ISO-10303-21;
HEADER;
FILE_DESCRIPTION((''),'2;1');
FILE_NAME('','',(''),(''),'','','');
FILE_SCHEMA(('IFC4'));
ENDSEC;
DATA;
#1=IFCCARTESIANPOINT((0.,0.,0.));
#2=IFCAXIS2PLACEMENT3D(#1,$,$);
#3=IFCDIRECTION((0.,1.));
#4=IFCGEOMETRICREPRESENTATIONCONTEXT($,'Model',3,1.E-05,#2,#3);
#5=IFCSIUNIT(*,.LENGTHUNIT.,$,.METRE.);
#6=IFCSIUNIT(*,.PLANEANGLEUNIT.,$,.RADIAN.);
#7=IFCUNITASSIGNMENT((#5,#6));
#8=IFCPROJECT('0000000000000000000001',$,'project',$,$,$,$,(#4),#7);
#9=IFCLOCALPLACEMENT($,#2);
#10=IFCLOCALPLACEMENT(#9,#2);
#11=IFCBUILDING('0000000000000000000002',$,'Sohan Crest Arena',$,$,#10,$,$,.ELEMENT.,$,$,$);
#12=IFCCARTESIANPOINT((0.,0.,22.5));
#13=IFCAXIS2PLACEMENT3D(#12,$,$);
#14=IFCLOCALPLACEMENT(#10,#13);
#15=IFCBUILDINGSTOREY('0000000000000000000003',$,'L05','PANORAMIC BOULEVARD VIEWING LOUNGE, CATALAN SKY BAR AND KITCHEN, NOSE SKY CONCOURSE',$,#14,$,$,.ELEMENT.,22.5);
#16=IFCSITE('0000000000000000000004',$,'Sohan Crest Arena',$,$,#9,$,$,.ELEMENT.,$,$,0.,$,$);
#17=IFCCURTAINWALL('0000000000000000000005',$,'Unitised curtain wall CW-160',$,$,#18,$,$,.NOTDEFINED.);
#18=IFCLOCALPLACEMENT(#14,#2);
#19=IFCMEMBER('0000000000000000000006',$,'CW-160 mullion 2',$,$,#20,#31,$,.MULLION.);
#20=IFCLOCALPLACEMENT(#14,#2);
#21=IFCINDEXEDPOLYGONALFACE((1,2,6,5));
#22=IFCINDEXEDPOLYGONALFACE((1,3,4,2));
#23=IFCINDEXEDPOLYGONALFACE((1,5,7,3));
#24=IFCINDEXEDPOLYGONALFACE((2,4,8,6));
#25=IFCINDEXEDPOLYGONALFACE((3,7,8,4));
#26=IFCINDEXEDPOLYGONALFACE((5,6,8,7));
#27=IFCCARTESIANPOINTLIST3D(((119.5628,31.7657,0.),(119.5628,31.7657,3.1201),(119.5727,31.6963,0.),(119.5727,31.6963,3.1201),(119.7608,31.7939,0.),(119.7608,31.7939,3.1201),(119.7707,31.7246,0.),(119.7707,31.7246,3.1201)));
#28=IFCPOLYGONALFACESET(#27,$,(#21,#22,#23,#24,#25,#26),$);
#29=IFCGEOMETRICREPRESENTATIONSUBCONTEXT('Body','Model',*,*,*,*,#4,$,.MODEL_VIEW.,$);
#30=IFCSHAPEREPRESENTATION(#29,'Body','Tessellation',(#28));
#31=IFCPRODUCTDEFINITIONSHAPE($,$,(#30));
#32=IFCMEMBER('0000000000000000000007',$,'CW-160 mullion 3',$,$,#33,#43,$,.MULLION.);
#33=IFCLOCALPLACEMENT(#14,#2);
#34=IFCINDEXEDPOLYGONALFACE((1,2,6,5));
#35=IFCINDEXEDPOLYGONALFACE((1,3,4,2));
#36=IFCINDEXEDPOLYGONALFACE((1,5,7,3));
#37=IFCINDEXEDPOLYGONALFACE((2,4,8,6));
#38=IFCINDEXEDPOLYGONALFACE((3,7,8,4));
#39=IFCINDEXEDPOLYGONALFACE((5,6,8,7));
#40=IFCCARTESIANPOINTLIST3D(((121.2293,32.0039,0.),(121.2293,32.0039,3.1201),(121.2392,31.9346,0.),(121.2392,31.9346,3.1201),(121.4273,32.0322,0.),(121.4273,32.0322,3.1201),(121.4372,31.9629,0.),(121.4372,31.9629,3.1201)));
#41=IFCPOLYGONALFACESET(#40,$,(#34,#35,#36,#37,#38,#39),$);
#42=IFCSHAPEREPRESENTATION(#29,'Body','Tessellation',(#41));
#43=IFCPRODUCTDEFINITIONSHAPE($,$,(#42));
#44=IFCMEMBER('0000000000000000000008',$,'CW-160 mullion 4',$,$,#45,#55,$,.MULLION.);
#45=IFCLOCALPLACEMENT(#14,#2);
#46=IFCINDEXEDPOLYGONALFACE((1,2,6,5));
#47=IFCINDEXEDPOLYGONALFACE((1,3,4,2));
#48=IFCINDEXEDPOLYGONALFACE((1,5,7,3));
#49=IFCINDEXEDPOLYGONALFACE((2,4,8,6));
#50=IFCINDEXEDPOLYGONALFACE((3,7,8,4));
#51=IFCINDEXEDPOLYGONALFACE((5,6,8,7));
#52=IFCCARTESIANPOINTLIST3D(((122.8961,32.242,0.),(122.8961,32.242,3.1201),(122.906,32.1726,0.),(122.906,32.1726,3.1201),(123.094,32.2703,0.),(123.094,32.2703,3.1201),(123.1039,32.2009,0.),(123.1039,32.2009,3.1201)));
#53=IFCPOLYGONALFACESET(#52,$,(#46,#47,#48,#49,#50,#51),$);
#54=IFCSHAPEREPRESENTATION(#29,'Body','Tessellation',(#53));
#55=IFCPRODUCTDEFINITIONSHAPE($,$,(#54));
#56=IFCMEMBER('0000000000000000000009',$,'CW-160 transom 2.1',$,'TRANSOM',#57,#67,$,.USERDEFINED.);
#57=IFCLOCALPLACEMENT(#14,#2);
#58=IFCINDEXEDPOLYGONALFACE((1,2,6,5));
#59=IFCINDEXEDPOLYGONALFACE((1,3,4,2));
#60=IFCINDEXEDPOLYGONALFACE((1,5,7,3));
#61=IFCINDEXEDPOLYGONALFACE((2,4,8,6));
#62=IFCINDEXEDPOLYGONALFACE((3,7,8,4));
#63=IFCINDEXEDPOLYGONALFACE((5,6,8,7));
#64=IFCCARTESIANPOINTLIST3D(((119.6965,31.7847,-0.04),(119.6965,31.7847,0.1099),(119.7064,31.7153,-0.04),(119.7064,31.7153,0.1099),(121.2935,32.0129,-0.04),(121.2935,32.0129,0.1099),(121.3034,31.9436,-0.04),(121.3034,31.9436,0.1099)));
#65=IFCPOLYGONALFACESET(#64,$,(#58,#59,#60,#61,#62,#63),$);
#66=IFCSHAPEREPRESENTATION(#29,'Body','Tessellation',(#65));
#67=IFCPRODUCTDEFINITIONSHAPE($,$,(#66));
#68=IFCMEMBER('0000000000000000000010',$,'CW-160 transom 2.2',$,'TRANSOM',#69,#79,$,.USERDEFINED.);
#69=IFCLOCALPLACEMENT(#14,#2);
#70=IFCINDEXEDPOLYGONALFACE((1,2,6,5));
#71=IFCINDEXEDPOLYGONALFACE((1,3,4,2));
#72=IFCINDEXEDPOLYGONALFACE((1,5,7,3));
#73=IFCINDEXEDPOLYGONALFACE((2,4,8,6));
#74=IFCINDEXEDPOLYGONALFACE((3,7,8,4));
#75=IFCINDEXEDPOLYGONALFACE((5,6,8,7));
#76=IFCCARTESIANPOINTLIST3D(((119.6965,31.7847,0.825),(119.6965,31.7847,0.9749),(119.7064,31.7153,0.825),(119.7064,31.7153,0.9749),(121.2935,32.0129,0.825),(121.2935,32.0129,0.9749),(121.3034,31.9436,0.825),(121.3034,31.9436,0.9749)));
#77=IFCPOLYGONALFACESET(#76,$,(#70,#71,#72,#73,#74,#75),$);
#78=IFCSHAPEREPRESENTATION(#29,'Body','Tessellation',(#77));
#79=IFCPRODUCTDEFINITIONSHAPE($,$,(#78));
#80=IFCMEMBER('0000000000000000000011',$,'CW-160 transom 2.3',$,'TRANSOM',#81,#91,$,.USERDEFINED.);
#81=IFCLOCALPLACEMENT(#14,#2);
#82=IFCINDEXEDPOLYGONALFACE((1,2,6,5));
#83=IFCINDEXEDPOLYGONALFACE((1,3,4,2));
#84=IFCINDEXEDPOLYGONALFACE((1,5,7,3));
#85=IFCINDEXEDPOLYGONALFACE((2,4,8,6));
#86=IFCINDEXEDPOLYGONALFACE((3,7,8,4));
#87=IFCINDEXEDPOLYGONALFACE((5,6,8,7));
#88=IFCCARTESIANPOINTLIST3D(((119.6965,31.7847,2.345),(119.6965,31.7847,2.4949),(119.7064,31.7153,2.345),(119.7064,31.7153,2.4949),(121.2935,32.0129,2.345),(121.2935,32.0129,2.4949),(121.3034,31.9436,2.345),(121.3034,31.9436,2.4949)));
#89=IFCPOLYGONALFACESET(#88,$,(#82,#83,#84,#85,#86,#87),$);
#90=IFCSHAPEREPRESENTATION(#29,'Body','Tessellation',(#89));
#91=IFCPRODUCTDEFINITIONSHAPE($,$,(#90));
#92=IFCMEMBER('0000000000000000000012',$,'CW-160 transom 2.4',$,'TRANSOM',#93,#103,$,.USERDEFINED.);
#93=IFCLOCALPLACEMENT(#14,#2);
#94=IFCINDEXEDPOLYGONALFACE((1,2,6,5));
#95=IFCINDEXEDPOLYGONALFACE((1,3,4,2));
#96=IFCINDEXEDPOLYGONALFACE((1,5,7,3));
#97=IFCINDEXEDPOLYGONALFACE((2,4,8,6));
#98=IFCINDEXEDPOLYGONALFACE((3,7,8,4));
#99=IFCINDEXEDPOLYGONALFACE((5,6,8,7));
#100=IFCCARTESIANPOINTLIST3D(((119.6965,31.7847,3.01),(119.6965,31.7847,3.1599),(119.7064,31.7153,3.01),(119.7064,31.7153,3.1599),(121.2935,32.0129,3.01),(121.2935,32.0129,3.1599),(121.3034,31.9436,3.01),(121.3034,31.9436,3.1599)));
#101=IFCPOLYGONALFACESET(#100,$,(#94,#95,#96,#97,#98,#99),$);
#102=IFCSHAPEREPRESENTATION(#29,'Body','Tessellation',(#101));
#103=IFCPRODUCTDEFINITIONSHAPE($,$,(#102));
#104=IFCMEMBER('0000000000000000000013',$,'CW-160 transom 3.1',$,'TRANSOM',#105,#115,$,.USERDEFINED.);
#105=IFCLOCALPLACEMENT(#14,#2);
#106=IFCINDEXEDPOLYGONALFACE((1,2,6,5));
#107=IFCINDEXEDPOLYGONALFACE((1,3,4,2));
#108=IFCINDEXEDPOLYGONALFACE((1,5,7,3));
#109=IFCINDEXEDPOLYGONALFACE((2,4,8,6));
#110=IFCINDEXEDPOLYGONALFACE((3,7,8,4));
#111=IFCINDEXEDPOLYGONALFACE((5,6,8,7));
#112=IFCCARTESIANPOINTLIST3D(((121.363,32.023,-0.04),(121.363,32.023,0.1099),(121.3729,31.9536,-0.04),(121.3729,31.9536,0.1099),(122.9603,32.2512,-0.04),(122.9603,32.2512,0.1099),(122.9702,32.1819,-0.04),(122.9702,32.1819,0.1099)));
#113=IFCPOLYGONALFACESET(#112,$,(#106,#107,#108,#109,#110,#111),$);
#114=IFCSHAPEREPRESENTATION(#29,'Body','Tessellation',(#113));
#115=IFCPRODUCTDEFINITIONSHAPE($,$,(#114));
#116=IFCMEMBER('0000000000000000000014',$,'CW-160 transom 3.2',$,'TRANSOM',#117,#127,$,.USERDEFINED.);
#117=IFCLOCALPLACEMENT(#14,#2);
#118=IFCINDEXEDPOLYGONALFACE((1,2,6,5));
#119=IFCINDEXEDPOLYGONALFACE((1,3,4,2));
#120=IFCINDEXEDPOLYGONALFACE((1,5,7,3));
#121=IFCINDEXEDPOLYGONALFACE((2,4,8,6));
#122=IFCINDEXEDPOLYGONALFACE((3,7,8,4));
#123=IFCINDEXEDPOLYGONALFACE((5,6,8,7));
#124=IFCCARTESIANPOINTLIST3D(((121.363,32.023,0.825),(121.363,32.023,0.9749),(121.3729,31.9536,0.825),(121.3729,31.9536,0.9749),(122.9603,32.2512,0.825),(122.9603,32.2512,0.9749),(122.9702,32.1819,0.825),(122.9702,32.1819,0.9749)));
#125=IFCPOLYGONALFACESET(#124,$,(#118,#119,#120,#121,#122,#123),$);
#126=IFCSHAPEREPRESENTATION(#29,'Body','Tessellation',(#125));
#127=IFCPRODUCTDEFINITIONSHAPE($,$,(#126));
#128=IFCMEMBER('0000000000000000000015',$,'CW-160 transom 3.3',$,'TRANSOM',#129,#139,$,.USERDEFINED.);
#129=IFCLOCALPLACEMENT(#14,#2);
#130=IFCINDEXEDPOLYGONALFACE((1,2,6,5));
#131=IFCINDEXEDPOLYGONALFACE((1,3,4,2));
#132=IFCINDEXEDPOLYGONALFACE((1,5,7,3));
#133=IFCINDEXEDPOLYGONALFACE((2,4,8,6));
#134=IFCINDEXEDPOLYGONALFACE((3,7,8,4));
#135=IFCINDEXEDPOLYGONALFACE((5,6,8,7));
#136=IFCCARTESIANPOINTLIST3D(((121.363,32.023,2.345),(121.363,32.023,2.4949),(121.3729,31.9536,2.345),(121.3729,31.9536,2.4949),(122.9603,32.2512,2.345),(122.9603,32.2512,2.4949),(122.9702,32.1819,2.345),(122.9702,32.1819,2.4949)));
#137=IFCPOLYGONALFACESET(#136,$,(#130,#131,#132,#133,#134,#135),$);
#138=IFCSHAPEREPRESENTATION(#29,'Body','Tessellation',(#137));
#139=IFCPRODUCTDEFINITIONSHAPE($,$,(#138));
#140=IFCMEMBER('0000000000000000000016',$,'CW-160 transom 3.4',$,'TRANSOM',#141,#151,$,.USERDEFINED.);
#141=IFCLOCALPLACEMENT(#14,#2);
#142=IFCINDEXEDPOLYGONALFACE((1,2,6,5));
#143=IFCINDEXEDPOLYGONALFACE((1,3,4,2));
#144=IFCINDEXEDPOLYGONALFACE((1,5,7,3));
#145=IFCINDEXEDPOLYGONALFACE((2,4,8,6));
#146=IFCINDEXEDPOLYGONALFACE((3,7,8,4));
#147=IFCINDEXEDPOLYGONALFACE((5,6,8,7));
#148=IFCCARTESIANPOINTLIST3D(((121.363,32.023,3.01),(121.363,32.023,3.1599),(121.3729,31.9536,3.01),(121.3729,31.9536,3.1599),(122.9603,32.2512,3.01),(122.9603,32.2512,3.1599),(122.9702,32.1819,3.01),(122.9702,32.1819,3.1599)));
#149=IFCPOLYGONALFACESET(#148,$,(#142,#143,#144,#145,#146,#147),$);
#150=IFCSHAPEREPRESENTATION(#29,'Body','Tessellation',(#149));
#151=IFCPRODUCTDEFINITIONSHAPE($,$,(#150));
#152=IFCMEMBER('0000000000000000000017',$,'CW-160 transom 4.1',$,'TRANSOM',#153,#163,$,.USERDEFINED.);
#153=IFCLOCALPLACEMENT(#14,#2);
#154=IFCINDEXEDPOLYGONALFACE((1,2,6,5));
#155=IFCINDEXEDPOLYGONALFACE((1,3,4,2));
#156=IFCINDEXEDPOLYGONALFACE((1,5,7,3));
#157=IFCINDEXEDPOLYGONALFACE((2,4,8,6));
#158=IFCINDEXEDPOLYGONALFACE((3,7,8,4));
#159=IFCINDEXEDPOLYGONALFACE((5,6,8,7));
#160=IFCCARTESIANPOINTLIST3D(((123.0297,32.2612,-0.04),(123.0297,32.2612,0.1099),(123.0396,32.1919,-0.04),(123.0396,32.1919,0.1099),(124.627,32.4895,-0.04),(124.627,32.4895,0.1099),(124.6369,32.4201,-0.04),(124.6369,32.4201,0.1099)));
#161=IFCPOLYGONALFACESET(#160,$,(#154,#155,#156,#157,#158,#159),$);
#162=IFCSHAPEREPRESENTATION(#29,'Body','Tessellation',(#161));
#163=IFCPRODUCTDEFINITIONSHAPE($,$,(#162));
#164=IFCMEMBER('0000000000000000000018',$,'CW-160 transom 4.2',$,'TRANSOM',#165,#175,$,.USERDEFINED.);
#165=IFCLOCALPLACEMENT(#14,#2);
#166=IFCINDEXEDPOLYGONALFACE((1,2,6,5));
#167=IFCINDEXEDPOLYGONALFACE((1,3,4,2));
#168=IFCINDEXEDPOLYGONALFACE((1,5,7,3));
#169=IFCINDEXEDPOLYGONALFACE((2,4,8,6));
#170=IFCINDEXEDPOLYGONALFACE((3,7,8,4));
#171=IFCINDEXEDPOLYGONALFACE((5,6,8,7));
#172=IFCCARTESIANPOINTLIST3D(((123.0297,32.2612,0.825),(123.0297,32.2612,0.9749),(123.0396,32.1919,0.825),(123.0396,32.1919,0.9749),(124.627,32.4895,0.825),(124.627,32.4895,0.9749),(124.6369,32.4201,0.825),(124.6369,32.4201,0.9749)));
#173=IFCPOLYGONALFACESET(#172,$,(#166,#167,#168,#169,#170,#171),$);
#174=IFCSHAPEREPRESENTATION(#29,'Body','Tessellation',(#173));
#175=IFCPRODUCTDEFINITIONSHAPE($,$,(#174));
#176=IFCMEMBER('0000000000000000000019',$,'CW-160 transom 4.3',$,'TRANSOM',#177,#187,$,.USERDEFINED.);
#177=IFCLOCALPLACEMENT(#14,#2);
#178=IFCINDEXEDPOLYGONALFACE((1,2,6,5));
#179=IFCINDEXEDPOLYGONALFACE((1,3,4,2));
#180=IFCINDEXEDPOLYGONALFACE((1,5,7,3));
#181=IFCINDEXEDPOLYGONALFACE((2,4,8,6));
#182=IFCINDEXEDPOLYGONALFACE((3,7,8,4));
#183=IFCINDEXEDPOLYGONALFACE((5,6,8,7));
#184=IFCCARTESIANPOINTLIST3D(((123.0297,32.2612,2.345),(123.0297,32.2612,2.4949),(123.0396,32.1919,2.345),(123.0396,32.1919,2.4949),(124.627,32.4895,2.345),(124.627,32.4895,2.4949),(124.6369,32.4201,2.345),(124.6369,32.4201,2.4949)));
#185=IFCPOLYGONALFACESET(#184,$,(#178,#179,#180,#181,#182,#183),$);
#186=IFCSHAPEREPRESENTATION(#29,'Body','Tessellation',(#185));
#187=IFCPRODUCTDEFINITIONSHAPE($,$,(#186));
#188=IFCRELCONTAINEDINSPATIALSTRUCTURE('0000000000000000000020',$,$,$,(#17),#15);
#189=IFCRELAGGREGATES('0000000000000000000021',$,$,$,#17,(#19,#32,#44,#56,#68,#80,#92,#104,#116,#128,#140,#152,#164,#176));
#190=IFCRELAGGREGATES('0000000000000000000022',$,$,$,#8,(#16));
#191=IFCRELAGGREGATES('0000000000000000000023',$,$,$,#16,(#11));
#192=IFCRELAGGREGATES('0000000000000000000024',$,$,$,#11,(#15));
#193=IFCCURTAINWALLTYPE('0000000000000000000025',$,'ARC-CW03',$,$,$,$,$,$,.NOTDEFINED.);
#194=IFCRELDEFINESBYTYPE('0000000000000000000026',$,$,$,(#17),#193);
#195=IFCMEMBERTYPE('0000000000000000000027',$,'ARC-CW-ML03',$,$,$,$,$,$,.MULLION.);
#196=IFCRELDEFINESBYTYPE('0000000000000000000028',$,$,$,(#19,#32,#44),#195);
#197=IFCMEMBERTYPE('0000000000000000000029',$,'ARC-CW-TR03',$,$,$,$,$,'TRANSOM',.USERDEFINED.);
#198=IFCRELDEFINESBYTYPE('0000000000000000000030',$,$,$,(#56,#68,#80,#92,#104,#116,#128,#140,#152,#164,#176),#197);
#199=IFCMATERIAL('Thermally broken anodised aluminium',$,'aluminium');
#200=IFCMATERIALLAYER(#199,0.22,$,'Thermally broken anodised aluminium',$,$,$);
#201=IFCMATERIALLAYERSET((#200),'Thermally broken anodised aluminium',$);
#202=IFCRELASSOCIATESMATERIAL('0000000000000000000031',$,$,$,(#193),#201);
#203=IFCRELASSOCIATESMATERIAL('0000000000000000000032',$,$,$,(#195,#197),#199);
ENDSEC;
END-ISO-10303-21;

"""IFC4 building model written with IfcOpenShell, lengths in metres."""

from ifc_helpers import new_model, si_unit, direction, frame, origin, origin_2d, place, context, subcontext, project, spatial, rectangle, extrude, material, layer, layer_set, material_profile, profile_set, type_object, element, aggregate, save


model = new_model("IFC4")

# Units and contexts
model_context = context("Model", 3, precision=1e-05, world=origin(), true_north=direction((0.0, 1.0)))
body_context = subcontext(model_context, "Body", "Model", "MODEL_VIEW")
ifc_project = project(units=[si_unit("LENGTHUNIT", "METRE"), si_unit("PLANEANGLEUNIT", "RADIAN")], contexts=[model_context])

# Site, building, storey
site_placement = place(None, origin())
site = spatial("IfcSite", under=ifc_project, at=site_placement, Name="Sohan Crest Arena", CompositionType="ELEMENT", RefElevation=0.0)
building_placement = place(site_placement, origin())
building = spatial("IfcBuilding", under=site, at=building_placement, Name="Sohan Crest Arena", CompositionType="ELEMENT")
storey_placement = place(building_placement, frame((0.0, 0.0, 22.5)))
storey = spatial("IfcBuildingStorey", under=building, at=storey_placement, Name="L05", Description="PANORAMIC BOULEVARD VIEWING LOUNGE, CATALAN SKY BAR AND KITCHEN, NOSE SKY CONCOURSE", CompositionType="ELEMENT", Elevation=22.5)

# Curtain wall, members
ifc_material_1 = material(Name="Thermally broken anodised aluminium", Category="aluminium")
ifc_layer_1 = layer(ifc_material_1, 0.22, Name="Thermally broken anodised aluminium")
ifc_layer_set_1 = layer_set([ifc_layer_1], Name="Thermally broken anodised aluminium")
curtain_wall_type = type_object("IfcCurtainWallType", Name="ARC-CW03", PredefinedType="NOTDEFINED", material=ifc_layer_set_1)
curtain_wall_placement = place(storey_placement, origin())
curtain_wall = element("IfcCurtainWall", 1, at=curtain_wall_placement, inside=storey, type_object=curtain_wall_type, Name="Unitised curtain wall CW-160", PredefinedType="NOTDEFINED")
ifc_material_profile_1 = material_profile(ifc_material_1, rectangle(XDim=0.0701, YDim=0.2, at=origin_2d()), Name="ALU-MULL 70x200")
ifc_profile_set_1 = profile_set([ifc_material_profile_1], Name="Thermally broken anodised aluminium")
member_type_1 = type_object("IfcMemberType", Name="ARC-CW-ML03", PredefinedType="MULLION", material=ifc_profile_set_1)
member_1_placement = place(storey_placement, frame((119.6667, 31.7451, 0.0), z_axis=(0.0, 0.0, 1.0), x_axis=(-0.141463, 0.989944, 0.0)))
member_1 = element("IfcMember", 2, at=member_1_placement, type_object=member_type_1, Name="CW-160 mullion 2", PredefinedType="MULLION", context=body_context, shape_type="SweptSolid", body=[
    extrude(rectangle(XDim=0.0701, YDim=0.2, at=origin_2d()), origin(), (0.0, 0.0, 1.0), 3.1201),
])
member_2_placement = place(storey_placement, frame((121.3333, 31.9834, 0.0), z_axis=(0.0, 0.0, 1.0), x_axis=(-0.141463, 0.989944, 0.0)))
member_2 = element("IfcMember", 3, at=member_2_placement, type_object=member_type_1, Name="CW-160 mullion 3", PredefinedType="MULLION", context=body_context, shape_type="SweptSolid", body=[
    extrude(rectangle(XDim=0.0701, YDim=0.2, at=origin_2d()), origin(), (0.0, 0.0, 1.0), 3.1201),
])
member_3_placement = place(storey_placement, frame((123.0, 32.2214, 0.0), z_axis=(0.0, 0.0, 1.0), x_axis=(-0.141463, 0.989944, 0.0)))
member_3 = element("IfcMember", 4, at=member_3_placement, type_object=member_type_1, Name="CW-160 mullion 4", PredefinedType="MULLION", context=body_context, shape_type="SweptSolid", body=[
    extrude(rectangle(XDim=0.0701, YDim=0.2, at=origin_2d()), origin(), (0.0, 0.0, 1.0), 3.1201),
])
ifc_material_profile_2 = material_profile(ifc_material_1, rectangle(XDim=0.0701, YDim=0.1499, at=origin_2d()), Name="ALU-TRAN 70x150")
ifc_profile_set_2 = profile_set([ifc_material_profile_2], Name="Thermally broken anodised aluminium")
member_type_2 = type_object("IfcMemberType", Name="ARC-CW-TR03", ElementType="TRANSOM", PredefinedType="USERDEFINED", material=ifc_profile_set_2)
member_4_placement = place(storey_placement, frame((119.7014, 31.75, 0.0349), z_axis=(0.98994, 0.141485, 0.0), x_axis=(-0.141485, 0.98994, 0.0)))
member_4 = element("IfcMember", 5, at=member_4_placement, type_object=member_type_2, Name="CW-160 transom 2.1", ObjectType="TRANSOM", PredefinedType="USERDEFINED", context=body_context, shape_type="SweptSolid", body=[
    extrude(rectangle(XDim=0.0701, YDim=0.1499, at=origin_2d()), origin(), (0.0, 0.0, 1.0), 1.6133),
])
member_5_placement = place(storey_placement, frame((119.7014, 31.75, 0.8999), z_axis=(0.98994, 0.141485, 0.0), x_axis=(-0.141485, 0.98994, 0.0)))
member_5 = element("IfcMember", 6, at=member_5_placement, type_object=member_type_2, Name="CW-160 transom 2.2", ObjectType="TRANSOM", PredefinedType="USERDEFINED", context=body_context, shape_type="SweptSolid", body=[
    extrude(rectangle(XDim=0.0701, YDim=0.1499, at=origin_2d()), origin(), (0.0, 0.0, 1.0), 1.6133),
])
member_6_placement = place(storey_placement, frame((119.7014, 31.75, 2.4199), z_axis=(0.98994, 0.141485, 0.0), x_axis=(-0.141485, 0.98994, 0.0)))
member_6 = element("IfcMember", 7, at=member_6_placement, type_object=member_type_2, Name="CW-160 transom 2.3", ObjectType="TRANSOM", PredefinedType="USERDEFINED", context=body_context, shape_type="SweptSolid", body=[
    extrude(rectangle(XDim=0.0701, YDim=0.1499, at=origin_2d()), origin(), (0.0, 0.0, 1.0), 1.6133),
])
member_7_placement = place(storey_placement, frame((119.7014, 31.75, 3.085), z_axis=(0.98994, 0.141485, 0.0), x_axis=(-0.141485, 0.98994, 0.0)))
member_7 = element("IfcMember", 8, at=member_7_placement, type_object=member_type_2, Name="CW-160 transom 2.4", ObjectType="TRANSOM", PredefinedType="USERDEFINED", context=body_context, shape_type="SweptSolid", body=[
    extrude(rectangle(XDim=0.0701, YDim=0.1499, at=origin_2d()), origin(), (0.0, 0.0, 1.0), 1.6133),
])
member_8_placement = place(storey_placement, frame((121.3679, 31.9883, 0.0349), z_axis=(0.989943, 0.141464, 0.0), x_axis=(-0.141464, 0.989943, 0.0)))
member_8 = element("IfcMember", 9, at=member_8_placement, type_object=member_type_2, Name="CW-160 transom 3.1", ObjectType="TRANSOM", PredefinedType="USERDEFINED", context=body_context, shape_type="SweptSolid", body=[
    extrude(rectangle(XDim=0.0701, YDim=0.1499, at=origin_2d()), origin(), (0.0, 0.0, 1.0), 1.6135),
])
member_9_placement = place(storey_placement, frame((121.3679, 31.9883, 0.8999), z_axis=(0.989943, 0.141464, 0.0), x_axis=(-0.141464, 0.989943, 0.0)))
member_9 = element("IfcMember", 10, at=member_9_placement, type_object=member_type_2, Name="CW-160 transom 3.2", ObjectType="TRANSOM", PredefinedType="USERDEFINED", context=body_context, shape_type="SweptSolid", body=[
    extrude(rectangle(XDim=0.0701, YDim=0.1499, at=origin_2d()), origin(), (0.0, 0.0, 1.0), 1.6135),
])
member_10_placement = place(storey_placement, frame((121.3679, 31.9883, 2.4199), z_axis=(0.989943, 0.141464, 0.0), x_axis=(-0.141464, 0.989943, 0.0)))
member_10 = element("IfcMember", 11, at=member_10_placement, type_object=member_type_2, Name="CW-160 transom 3.3", ObjectType="TRANSOM", PredefinedType="USERDEFINED", context=body_context, shape_type="SweptSolid", body=[
    extrude(rectangle(XDim=0.0701, YDim=0.1499, at=origin_2d()), origin(), (0.0, 0.0, 1.0), 1.6135),
])
member_11_placement = place(storey_placement, frame((121.3679, 31.9883, 3.085), z_axis=(0.989943, 0.141464, 0.0), x_axis=(-0.141464, 0.989943, 0.0)))
member_11 = element("IfcMember", 12, at=member_11_placement, type_object=member_type_2, Name="CW-160 transom 3.4", ObjectType="TRANSOM", PredefinedType="USERDEFINED", context=body_context, shape_type="SweptSolid", body=[
    extrude(rectangle(XDim=0.0701, YDim=0.1499, at=origin_2d()), origin(), (0.0, 0.0, 1.0), 1.6135),
])
member_12_placement = place(storey_placement, frame((123.0347, 32.2266, 0.0349), z_axis=(0.989943, 0.141464, 0.0), x_axis=(-0.141464, 0.989943, 0.0)))
member_12 = element("IfcMember", 13, at=member_12_placement, type_object=member_type_2, Name="CW-160 transom 4.1", ObjectType="TRANSOM", PredefinedType="USERDEFINED", context=body_context, shape_type="SweptSolid", body=[
    extrude(rectangle(XDim=0.0701, YDim=0.1499, at=origin_2d()), origin(), (0.0, 0.0, 1.0), 1.6135),
])
member_13_placement = place(storey_placement, frame((123.0347, 32.2266, 0.8999), z_axis=(0.989943, 0.141464, 0.0), x_axis=(-0.141464, 0.989943, 0.0)))
member_13 = element("IfcMember", 14, at=member_13_placement, type_object=member_type_2, Name="CW-160 transom 4.2", ObjectType="TRANSOM", PredefinedType="USERDEFINED", context=body_context, shape_type="SweptSolid", body=[
    extrude(rectangle(XDim=0.0701, YDim=0.1499, at=origin_2d()), origin(), (0.0, 0.0, 1.0), 1.6135),
])
member_14_placement = place(storey_placement, frame((123.0347, 32.2266, 2.4199), z_axis=(0.989943, 0.141464, 0.0), x_axis=(-0.141464, 0.989943, 0.0)))
member_14 = element("IfcMember", 15, at=member_14_placement, type_object=member_type_2, Name="CW-160 transom 4.3", ObjectType="TRANSOM", PredefinedType="USERDEFINED", context=body_context, shape_type="SweptSolid", body=[
    extrude(rectangle(XDim=0.0701, YDim=0.1499, at=origin_2d()), origin(), (0.0, 0.0, 1.0), 1.6135),
])
aggregate(curtain_wall, [member_1, member_2, member_3, member_4, member_5, member_6, member_7, member_8, member_9, member_10, member_11, member_12, member_13, member_14])

save(model, "model.ifc")
